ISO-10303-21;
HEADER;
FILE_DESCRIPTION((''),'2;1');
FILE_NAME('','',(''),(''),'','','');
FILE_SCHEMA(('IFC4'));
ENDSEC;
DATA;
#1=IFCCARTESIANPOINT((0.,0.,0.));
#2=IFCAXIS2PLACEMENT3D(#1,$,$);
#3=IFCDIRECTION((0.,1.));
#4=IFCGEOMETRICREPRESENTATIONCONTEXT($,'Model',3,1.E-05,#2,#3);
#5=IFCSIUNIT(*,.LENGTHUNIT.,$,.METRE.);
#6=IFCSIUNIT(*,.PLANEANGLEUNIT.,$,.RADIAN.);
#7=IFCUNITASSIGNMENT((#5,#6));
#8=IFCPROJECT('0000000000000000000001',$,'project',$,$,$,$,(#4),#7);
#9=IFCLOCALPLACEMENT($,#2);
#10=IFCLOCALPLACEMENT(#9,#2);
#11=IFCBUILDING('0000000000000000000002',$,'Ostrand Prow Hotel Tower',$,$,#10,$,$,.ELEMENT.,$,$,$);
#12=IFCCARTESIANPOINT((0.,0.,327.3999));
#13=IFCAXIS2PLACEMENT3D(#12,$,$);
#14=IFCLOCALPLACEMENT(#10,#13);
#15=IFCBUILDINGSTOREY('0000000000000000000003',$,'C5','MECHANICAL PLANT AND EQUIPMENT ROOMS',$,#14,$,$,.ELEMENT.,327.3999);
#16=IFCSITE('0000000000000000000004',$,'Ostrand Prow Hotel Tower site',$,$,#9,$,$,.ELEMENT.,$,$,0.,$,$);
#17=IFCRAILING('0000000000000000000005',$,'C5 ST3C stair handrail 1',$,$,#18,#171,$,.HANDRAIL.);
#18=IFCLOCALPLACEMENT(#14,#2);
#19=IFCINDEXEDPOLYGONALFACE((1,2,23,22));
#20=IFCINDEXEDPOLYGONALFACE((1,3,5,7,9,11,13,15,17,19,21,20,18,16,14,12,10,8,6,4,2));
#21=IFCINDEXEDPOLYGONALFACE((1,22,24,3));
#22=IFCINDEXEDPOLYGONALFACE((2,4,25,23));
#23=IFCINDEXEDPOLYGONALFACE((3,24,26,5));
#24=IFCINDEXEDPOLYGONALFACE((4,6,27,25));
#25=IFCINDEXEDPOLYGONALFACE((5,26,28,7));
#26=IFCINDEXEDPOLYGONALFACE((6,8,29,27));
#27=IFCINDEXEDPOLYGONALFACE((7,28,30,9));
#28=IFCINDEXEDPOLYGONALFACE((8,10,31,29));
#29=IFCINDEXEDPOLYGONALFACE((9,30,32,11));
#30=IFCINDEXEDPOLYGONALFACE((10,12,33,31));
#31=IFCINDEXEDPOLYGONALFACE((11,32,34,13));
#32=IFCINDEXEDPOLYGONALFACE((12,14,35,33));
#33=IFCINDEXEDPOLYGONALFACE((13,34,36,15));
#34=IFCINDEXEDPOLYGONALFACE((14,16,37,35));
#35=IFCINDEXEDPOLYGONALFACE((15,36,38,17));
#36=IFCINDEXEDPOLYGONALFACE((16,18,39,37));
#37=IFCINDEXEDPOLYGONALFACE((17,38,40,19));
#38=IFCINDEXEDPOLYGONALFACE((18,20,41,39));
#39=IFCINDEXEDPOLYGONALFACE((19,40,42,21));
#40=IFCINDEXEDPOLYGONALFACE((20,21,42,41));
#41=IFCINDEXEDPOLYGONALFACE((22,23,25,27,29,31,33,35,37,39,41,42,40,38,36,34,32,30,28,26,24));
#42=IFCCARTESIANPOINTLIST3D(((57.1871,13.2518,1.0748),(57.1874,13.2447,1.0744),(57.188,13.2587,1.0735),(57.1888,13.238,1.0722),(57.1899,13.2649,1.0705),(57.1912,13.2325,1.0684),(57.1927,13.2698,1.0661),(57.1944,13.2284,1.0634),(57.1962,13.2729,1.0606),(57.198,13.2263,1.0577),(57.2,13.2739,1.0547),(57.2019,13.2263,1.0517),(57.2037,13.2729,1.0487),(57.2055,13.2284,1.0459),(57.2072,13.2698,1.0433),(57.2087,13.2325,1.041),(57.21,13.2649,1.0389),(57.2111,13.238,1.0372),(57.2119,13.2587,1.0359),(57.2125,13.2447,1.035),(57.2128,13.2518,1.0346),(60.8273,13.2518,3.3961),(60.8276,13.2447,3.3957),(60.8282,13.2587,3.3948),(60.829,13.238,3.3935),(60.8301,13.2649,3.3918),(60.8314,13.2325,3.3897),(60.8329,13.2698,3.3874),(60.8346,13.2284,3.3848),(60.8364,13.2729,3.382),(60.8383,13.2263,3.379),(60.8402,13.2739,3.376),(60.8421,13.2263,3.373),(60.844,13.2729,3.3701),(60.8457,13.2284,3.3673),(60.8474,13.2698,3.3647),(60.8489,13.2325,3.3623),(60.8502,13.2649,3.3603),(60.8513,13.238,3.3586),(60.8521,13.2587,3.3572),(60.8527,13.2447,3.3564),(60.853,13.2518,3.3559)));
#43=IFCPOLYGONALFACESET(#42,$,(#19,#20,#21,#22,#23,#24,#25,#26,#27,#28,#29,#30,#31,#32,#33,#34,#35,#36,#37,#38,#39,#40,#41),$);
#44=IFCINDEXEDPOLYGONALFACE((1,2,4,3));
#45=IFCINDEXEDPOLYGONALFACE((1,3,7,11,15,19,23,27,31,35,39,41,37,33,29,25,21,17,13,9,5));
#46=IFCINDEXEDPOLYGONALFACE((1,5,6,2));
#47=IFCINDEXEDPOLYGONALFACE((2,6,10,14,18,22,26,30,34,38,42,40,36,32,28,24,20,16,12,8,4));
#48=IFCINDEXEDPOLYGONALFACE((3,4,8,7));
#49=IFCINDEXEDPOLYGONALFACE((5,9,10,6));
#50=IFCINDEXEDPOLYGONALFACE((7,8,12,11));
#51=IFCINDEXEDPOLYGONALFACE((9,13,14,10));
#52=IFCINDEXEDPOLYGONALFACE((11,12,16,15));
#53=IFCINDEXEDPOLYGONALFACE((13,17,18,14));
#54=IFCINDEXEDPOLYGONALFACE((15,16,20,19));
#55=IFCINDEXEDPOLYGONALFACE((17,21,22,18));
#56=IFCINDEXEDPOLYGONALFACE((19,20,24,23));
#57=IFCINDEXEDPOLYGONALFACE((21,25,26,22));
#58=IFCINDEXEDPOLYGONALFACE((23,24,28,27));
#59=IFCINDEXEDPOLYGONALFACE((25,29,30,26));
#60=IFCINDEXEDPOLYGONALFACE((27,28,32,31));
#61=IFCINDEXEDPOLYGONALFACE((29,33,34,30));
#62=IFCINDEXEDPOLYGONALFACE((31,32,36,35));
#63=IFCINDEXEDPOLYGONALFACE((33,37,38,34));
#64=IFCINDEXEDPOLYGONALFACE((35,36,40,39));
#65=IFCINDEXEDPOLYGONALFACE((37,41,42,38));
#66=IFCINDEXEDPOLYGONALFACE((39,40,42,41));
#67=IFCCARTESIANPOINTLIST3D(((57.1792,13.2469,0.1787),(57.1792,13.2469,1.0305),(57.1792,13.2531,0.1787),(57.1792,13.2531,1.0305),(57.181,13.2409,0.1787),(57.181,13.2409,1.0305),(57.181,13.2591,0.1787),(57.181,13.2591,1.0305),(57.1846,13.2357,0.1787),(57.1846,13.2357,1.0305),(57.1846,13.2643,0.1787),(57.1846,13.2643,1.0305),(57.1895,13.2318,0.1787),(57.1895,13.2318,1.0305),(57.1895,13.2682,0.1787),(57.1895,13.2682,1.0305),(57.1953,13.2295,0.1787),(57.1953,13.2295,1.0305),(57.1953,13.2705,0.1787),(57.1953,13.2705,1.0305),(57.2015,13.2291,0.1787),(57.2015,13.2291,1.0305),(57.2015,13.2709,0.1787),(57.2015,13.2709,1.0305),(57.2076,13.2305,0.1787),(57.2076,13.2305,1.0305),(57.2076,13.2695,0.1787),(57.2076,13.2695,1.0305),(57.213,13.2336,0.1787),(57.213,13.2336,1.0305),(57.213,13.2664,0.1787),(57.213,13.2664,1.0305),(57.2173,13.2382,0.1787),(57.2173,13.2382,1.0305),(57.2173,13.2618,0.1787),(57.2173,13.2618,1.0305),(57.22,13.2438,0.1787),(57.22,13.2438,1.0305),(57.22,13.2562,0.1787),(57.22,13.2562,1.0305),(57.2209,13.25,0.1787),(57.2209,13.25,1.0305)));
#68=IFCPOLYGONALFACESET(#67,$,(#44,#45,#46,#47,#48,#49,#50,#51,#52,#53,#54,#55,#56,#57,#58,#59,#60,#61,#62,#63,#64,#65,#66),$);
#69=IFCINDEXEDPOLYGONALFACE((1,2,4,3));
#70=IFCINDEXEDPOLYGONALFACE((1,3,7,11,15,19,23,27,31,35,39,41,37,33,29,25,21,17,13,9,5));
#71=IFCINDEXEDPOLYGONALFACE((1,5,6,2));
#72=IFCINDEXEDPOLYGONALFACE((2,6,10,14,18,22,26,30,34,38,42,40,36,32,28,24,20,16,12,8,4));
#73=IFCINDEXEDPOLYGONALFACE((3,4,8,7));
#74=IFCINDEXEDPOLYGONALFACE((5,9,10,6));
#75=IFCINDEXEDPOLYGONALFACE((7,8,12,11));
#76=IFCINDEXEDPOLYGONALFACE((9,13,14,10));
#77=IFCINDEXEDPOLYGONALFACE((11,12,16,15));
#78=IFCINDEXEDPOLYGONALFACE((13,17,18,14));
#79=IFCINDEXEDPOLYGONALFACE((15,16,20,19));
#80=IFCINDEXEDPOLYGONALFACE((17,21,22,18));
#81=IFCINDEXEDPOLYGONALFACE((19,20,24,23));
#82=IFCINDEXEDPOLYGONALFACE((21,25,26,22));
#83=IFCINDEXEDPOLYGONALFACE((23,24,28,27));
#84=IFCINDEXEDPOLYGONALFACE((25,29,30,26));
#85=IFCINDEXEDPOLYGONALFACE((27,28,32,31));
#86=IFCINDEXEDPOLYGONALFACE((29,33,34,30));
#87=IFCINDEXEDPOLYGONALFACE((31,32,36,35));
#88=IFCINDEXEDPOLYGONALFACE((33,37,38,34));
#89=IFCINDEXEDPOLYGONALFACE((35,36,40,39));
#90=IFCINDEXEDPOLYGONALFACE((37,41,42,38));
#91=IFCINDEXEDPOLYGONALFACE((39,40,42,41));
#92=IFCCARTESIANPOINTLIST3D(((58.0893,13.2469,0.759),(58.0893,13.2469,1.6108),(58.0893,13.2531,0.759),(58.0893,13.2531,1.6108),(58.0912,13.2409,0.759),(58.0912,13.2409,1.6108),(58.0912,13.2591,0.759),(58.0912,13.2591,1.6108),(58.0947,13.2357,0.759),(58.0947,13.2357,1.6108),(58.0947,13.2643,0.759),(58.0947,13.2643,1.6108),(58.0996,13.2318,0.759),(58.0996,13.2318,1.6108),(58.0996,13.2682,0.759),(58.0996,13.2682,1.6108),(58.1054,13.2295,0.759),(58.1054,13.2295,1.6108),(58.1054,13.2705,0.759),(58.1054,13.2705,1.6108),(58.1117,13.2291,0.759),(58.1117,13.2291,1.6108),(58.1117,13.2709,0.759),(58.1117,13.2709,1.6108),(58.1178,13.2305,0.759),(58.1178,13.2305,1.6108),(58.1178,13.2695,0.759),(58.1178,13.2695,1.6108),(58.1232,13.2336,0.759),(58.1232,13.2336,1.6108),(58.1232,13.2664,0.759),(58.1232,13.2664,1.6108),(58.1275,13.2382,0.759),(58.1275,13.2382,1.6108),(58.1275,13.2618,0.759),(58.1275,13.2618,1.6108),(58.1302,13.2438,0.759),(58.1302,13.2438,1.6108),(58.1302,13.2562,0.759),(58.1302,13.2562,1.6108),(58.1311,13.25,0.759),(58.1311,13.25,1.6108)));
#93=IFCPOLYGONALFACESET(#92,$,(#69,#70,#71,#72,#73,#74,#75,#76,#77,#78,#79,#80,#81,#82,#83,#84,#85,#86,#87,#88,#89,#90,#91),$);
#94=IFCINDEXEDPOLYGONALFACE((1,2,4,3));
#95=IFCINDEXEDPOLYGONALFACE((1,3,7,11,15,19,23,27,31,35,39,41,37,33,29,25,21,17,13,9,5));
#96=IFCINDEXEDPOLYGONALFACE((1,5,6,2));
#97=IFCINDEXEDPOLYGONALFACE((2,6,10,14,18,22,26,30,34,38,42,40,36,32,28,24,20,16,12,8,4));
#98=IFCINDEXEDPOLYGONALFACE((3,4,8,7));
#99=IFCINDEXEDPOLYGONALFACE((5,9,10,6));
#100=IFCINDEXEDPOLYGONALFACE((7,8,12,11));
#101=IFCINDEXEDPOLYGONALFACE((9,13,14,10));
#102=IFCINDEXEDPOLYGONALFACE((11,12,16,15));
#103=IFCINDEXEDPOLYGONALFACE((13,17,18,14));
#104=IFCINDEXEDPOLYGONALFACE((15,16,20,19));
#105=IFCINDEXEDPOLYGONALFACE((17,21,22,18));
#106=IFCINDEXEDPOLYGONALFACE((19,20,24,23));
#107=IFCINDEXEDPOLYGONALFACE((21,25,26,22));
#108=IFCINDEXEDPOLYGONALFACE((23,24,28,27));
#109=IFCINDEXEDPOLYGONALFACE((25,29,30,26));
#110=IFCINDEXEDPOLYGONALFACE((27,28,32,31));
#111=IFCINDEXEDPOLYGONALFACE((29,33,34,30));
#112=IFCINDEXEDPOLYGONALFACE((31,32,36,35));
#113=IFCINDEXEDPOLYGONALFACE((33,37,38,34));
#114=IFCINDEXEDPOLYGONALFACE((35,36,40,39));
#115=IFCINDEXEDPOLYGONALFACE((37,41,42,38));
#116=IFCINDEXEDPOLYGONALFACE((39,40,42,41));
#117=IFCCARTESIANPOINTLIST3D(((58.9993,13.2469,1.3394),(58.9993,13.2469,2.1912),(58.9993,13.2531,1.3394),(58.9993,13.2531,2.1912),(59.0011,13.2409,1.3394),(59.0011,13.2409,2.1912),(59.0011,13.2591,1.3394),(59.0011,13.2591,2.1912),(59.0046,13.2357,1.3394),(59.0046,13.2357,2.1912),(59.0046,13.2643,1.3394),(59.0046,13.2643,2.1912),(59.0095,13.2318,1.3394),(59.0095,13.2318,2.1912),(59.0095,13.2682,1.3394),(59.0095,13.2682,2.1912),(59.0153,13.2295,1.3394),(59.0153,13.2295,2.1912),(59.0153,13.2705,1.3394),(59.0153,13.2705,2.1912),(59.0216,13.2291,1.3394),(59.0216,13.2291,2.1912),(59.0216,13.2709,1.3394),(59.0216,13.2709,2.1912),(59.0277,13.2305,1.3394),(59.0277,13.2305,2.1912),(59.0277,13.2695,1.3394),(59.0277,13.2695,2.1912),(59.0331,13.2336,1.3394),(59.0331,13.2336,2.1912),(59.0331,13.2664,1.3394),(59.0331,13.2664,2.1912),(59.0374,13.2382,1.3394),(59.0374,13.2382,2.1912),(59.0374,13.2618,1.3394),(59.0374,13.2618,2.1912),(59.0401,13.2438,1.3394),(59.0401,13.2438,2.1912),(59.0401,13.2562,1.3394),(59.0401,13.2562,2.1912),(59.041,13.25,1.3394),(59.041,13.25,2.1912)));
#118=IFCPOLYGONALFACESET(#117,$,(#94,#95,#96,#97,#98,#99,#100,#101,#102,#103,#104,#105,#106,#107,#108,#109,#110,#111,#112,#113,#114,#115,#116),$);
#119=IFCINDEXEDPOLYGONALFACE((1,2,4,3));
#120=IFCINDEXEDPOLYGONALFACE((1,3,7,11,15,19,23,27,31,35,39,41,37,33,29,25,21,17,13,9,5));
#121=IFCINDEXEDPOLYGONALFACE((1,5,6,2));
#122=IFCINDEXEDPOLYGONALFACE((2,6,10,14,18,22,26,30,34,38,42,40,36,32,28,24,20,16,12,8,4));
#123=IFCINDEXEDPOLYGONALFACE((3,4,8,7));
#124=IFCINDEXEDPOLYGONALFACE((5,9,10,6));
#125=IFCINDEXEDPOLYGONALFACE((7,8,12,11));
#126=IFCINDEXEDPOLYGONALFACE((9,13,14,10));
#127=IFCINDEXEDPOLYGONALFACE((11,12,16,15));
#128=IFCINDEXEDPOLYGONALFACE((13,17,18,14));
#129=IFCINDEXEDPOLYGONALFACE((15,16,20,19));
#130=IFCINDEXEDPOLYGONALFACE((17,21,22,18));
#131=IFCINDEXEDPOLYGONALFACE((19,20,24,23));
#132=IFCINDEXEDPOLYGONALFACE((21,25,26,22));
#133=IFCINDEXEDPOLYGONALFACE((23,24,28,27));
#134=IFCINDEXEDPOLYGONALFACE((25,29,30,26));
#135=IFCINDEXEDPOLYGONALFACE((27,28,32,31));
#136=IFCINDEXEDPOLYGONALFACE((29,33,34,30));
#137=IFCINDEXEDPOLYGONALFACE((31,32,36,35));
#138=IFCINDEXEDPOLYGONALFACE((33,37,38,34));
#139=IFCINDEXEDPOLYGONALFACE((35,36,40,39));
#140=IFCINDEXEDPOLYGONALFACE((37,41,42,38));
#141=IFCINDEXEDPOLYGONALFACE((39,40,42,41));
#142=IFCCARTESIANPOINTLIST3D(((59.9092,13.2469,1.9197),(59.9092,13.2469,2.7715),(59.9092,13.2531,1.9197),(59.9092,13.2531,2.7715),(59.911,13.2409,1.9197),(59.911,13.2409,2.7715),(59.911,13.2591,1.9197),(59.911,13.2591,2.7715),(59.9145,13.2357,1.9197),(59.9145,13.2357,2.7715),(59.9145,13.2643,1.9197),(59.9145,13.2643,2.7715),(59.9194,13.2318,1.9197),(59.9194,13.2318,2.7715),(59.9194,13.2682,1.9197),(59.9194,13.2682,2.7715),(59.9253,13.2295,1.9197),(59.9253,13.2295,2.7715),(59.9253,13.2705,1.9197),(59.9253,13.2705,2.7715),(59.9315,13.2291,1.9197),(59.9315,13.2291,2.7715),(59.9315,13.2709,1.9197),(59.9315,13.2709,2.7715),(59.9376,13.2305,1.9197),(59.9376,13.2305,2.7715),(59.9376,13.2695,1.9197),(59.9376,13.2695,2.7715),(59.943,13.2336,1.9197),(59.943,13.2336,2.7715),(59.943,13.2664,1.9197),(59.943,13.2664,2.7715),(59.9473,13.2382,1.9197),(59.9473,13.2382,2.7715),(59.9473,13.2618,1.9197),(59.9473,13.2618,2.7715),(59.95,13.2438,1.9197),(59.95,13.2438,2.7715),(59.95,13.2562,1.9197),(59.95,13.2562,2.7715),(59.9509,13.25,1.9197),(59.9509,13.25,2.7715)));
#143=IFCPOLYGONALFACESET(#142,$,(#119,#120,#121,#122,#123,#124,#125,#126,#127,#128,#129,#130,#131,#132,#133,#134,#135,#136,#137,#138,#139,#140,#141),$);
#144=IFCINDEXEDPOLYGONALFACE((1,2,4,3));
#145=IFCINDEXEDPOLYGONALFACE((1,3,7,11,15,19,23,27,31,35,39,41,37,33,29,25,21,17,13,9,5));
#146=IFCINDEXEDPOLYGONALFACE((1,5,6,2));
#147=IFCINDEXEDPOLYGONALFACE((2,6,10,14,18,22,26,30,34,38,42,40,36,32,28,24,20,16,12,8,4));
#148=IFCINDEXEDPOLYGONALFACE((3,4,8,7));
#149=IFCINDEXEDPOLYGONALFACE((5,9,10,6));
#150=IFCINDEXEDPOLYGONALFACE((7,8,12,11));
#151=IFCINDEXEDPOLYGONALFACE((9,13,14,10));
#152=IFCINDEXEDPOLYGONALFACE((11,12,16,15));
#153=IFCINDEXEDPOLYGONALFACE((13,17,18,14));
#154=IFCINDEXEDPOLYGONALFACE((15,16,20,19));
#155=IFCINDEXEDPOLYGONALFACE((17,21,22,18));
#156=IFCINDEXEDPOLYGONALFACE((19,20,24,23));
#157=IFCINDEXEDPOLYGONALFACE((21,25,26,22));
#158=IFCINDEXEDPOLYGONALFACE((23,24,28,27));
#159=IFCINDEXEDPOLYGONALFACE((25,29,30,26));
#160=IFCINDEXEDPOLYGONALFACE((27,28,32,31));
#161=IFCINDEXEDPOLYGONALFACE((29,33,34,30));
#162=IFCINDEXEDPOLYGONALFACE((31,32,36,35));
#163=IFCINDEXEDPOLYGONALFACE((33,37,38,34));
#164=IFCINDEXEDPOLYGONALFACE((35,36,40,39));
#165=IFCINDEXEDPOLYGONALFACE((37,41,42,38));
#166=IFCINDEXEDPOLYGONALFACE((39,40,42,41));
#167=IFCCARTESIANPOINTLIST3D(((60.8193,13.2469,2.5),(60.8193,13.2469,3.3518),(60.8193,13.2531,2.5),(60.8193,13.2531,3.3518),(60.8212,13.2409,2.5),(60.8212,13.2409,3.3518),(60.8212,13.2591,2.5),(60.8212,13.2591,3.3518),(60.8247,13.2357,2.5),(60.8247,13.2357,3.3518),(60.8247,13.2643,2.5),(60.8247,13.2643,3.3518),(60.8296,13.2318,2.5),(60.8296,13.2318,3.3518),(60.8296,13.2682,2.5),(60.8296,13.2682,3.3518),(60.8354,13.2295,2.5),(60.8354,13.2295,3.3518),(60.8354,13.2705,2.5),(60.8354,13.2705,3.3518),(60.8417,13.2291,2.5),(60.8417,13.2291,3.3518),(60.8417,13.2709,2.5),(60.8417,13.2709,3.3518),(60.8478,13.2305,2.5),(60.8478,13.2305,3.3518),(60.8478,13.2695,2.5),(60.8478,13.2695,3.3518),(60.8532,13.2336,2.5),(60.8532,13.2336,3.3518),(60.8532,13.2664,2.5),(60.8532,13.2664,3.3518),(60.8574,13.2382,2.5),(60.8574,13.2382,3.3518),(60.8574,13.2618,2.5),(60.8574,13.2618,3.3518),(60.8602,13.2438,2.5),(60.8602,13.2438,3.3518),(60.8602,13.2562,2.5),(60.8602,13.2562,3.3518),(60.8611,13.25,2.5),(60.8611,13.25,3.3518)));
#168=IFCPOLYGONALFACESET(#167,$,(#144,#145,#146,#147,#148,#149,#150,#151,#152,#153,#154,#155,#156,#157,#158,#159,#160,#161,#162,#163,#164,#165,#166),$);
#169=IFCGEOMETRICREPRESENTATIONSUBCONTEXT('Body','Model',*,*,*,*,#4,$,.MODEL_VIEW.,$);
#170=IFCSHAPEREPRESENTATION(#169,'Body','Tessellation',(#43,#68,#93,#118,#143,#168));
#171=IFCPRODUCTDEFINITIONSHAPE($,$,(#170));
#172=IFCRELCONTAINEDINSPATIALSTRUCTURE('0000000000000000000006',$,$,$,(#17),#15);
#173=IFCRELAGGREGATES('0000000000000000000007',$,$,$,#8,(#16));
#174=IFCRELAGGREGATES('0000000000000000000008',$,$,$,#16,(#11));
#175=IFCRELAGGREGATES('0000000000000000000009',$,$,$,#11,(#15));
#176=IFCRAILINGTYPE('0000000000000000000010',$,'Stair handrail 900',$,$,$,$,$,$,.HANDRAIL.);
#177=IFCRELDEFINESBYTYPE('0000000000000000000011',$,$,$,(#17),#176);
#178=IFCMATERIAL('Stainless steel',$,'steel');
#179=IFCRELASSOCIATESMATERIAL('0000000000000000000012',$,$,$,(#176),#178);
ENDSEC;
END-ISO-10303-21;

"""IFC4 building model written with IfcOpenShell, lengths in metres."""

from ifc_helpers import new_model, si_unit, direction, frame, origin, origin_2d, place, context, subcontext, project, spatial, circle, extrude, material, type_object, element, save


model = new_model("IFC4")

# Units and contexts
model_context = context("Model", 3, precision=1e-05, world=origin(), true_north=direction((0.0, 1.0)))
body_context = subcontext(model_context, "Body", "Model", "MODEL_VIEW")
ifc_project = project(units=[si_unit("LENGTHUNIT", "METRE"), si_unit("PLANEANGLEUNIT", "RADIAN")], contexts=[model_context])

# Site, building, storey
site_placement = place(None, origin())
site = spatial("IfcSite", under=ifc_project, at=site_placement, Name="Ostrand Prow Hotel Tower site", CompositionType="ELEMENT", RefElevation=0.0)
building_placement = place(site_placement, origin())
building = spatial("IfcBuilding", under=site, at=building_placement, Name="Ostrand Prow Hotel Tower", CompositionType="ELEMENT")
storey_placement = place(building_placement, frame((0.0, 0.0, 327.3999)))
storey = spatial("IfcBuildingStorey", under=building, at=storey_placement, Name="C5", Description="MECHANICAL PLANT AND EQUIPMENT ROOMS", CompositionType="ELEMENT", Elevation=327.3999)

# Railing
ifc_material_1 = material(Name="Stainless steel", Category="steel")
railing_type_1 = type_object("IfcRailingType", Name="Stair handrail 900", PredefinedType="HANDRAIL", material=ifc_material_1)
railing_1_placement = place(storey_placement, frame((57.2, 13.25, 0.1787)))
element("IfcRailing", 1, at=railing_1_placement, inside=storey, type_object=railing_type_1, Name="C5 ST3C stair handrail 1", PredefinedType="HANDRAIL", context=body_context, shape_type="SweptSolid", body=[
    extrude(circle(Radius=0.0239, at=origin_2d()), frame((0.0, 0.0, 0.876), z_axis=(0.843153, 0.0, 0.537673), x_axis=(0.0, 1.0, 0.0)), (0.0, 0.0, 1.0), 4.3174),
    extrude(circle(Radius=0.021, at=origin_2d()), origin(), (0.0, 0.0, 1.0), 0.8518),
    extrude(circle(Radius=0.021, at=origin_2d()), frame((0.9102, 0.0, 0.5803)), (0.0, 0.0, 1.0), 0.8518),
    extrude(circle(Radius=0.021, at=origin_2d()), frame((1.8201, 0.0, 1.1606)), (0.0, 0.0, 1.0), 0.8518),
    extrude(circle(Radius=0.021, at=origin_2d()), frame((2.73, 0.0, 1.741)), (0.0, 0.0, 1.0), 0.8518),
    extrude(circle(Radius=0.021, at=origin_2d()), frame((3.6401, 0.0, 2.3213)), (0.0, 0.0, 1.0), 0.8518),
])

save(model, "model.ifc")
